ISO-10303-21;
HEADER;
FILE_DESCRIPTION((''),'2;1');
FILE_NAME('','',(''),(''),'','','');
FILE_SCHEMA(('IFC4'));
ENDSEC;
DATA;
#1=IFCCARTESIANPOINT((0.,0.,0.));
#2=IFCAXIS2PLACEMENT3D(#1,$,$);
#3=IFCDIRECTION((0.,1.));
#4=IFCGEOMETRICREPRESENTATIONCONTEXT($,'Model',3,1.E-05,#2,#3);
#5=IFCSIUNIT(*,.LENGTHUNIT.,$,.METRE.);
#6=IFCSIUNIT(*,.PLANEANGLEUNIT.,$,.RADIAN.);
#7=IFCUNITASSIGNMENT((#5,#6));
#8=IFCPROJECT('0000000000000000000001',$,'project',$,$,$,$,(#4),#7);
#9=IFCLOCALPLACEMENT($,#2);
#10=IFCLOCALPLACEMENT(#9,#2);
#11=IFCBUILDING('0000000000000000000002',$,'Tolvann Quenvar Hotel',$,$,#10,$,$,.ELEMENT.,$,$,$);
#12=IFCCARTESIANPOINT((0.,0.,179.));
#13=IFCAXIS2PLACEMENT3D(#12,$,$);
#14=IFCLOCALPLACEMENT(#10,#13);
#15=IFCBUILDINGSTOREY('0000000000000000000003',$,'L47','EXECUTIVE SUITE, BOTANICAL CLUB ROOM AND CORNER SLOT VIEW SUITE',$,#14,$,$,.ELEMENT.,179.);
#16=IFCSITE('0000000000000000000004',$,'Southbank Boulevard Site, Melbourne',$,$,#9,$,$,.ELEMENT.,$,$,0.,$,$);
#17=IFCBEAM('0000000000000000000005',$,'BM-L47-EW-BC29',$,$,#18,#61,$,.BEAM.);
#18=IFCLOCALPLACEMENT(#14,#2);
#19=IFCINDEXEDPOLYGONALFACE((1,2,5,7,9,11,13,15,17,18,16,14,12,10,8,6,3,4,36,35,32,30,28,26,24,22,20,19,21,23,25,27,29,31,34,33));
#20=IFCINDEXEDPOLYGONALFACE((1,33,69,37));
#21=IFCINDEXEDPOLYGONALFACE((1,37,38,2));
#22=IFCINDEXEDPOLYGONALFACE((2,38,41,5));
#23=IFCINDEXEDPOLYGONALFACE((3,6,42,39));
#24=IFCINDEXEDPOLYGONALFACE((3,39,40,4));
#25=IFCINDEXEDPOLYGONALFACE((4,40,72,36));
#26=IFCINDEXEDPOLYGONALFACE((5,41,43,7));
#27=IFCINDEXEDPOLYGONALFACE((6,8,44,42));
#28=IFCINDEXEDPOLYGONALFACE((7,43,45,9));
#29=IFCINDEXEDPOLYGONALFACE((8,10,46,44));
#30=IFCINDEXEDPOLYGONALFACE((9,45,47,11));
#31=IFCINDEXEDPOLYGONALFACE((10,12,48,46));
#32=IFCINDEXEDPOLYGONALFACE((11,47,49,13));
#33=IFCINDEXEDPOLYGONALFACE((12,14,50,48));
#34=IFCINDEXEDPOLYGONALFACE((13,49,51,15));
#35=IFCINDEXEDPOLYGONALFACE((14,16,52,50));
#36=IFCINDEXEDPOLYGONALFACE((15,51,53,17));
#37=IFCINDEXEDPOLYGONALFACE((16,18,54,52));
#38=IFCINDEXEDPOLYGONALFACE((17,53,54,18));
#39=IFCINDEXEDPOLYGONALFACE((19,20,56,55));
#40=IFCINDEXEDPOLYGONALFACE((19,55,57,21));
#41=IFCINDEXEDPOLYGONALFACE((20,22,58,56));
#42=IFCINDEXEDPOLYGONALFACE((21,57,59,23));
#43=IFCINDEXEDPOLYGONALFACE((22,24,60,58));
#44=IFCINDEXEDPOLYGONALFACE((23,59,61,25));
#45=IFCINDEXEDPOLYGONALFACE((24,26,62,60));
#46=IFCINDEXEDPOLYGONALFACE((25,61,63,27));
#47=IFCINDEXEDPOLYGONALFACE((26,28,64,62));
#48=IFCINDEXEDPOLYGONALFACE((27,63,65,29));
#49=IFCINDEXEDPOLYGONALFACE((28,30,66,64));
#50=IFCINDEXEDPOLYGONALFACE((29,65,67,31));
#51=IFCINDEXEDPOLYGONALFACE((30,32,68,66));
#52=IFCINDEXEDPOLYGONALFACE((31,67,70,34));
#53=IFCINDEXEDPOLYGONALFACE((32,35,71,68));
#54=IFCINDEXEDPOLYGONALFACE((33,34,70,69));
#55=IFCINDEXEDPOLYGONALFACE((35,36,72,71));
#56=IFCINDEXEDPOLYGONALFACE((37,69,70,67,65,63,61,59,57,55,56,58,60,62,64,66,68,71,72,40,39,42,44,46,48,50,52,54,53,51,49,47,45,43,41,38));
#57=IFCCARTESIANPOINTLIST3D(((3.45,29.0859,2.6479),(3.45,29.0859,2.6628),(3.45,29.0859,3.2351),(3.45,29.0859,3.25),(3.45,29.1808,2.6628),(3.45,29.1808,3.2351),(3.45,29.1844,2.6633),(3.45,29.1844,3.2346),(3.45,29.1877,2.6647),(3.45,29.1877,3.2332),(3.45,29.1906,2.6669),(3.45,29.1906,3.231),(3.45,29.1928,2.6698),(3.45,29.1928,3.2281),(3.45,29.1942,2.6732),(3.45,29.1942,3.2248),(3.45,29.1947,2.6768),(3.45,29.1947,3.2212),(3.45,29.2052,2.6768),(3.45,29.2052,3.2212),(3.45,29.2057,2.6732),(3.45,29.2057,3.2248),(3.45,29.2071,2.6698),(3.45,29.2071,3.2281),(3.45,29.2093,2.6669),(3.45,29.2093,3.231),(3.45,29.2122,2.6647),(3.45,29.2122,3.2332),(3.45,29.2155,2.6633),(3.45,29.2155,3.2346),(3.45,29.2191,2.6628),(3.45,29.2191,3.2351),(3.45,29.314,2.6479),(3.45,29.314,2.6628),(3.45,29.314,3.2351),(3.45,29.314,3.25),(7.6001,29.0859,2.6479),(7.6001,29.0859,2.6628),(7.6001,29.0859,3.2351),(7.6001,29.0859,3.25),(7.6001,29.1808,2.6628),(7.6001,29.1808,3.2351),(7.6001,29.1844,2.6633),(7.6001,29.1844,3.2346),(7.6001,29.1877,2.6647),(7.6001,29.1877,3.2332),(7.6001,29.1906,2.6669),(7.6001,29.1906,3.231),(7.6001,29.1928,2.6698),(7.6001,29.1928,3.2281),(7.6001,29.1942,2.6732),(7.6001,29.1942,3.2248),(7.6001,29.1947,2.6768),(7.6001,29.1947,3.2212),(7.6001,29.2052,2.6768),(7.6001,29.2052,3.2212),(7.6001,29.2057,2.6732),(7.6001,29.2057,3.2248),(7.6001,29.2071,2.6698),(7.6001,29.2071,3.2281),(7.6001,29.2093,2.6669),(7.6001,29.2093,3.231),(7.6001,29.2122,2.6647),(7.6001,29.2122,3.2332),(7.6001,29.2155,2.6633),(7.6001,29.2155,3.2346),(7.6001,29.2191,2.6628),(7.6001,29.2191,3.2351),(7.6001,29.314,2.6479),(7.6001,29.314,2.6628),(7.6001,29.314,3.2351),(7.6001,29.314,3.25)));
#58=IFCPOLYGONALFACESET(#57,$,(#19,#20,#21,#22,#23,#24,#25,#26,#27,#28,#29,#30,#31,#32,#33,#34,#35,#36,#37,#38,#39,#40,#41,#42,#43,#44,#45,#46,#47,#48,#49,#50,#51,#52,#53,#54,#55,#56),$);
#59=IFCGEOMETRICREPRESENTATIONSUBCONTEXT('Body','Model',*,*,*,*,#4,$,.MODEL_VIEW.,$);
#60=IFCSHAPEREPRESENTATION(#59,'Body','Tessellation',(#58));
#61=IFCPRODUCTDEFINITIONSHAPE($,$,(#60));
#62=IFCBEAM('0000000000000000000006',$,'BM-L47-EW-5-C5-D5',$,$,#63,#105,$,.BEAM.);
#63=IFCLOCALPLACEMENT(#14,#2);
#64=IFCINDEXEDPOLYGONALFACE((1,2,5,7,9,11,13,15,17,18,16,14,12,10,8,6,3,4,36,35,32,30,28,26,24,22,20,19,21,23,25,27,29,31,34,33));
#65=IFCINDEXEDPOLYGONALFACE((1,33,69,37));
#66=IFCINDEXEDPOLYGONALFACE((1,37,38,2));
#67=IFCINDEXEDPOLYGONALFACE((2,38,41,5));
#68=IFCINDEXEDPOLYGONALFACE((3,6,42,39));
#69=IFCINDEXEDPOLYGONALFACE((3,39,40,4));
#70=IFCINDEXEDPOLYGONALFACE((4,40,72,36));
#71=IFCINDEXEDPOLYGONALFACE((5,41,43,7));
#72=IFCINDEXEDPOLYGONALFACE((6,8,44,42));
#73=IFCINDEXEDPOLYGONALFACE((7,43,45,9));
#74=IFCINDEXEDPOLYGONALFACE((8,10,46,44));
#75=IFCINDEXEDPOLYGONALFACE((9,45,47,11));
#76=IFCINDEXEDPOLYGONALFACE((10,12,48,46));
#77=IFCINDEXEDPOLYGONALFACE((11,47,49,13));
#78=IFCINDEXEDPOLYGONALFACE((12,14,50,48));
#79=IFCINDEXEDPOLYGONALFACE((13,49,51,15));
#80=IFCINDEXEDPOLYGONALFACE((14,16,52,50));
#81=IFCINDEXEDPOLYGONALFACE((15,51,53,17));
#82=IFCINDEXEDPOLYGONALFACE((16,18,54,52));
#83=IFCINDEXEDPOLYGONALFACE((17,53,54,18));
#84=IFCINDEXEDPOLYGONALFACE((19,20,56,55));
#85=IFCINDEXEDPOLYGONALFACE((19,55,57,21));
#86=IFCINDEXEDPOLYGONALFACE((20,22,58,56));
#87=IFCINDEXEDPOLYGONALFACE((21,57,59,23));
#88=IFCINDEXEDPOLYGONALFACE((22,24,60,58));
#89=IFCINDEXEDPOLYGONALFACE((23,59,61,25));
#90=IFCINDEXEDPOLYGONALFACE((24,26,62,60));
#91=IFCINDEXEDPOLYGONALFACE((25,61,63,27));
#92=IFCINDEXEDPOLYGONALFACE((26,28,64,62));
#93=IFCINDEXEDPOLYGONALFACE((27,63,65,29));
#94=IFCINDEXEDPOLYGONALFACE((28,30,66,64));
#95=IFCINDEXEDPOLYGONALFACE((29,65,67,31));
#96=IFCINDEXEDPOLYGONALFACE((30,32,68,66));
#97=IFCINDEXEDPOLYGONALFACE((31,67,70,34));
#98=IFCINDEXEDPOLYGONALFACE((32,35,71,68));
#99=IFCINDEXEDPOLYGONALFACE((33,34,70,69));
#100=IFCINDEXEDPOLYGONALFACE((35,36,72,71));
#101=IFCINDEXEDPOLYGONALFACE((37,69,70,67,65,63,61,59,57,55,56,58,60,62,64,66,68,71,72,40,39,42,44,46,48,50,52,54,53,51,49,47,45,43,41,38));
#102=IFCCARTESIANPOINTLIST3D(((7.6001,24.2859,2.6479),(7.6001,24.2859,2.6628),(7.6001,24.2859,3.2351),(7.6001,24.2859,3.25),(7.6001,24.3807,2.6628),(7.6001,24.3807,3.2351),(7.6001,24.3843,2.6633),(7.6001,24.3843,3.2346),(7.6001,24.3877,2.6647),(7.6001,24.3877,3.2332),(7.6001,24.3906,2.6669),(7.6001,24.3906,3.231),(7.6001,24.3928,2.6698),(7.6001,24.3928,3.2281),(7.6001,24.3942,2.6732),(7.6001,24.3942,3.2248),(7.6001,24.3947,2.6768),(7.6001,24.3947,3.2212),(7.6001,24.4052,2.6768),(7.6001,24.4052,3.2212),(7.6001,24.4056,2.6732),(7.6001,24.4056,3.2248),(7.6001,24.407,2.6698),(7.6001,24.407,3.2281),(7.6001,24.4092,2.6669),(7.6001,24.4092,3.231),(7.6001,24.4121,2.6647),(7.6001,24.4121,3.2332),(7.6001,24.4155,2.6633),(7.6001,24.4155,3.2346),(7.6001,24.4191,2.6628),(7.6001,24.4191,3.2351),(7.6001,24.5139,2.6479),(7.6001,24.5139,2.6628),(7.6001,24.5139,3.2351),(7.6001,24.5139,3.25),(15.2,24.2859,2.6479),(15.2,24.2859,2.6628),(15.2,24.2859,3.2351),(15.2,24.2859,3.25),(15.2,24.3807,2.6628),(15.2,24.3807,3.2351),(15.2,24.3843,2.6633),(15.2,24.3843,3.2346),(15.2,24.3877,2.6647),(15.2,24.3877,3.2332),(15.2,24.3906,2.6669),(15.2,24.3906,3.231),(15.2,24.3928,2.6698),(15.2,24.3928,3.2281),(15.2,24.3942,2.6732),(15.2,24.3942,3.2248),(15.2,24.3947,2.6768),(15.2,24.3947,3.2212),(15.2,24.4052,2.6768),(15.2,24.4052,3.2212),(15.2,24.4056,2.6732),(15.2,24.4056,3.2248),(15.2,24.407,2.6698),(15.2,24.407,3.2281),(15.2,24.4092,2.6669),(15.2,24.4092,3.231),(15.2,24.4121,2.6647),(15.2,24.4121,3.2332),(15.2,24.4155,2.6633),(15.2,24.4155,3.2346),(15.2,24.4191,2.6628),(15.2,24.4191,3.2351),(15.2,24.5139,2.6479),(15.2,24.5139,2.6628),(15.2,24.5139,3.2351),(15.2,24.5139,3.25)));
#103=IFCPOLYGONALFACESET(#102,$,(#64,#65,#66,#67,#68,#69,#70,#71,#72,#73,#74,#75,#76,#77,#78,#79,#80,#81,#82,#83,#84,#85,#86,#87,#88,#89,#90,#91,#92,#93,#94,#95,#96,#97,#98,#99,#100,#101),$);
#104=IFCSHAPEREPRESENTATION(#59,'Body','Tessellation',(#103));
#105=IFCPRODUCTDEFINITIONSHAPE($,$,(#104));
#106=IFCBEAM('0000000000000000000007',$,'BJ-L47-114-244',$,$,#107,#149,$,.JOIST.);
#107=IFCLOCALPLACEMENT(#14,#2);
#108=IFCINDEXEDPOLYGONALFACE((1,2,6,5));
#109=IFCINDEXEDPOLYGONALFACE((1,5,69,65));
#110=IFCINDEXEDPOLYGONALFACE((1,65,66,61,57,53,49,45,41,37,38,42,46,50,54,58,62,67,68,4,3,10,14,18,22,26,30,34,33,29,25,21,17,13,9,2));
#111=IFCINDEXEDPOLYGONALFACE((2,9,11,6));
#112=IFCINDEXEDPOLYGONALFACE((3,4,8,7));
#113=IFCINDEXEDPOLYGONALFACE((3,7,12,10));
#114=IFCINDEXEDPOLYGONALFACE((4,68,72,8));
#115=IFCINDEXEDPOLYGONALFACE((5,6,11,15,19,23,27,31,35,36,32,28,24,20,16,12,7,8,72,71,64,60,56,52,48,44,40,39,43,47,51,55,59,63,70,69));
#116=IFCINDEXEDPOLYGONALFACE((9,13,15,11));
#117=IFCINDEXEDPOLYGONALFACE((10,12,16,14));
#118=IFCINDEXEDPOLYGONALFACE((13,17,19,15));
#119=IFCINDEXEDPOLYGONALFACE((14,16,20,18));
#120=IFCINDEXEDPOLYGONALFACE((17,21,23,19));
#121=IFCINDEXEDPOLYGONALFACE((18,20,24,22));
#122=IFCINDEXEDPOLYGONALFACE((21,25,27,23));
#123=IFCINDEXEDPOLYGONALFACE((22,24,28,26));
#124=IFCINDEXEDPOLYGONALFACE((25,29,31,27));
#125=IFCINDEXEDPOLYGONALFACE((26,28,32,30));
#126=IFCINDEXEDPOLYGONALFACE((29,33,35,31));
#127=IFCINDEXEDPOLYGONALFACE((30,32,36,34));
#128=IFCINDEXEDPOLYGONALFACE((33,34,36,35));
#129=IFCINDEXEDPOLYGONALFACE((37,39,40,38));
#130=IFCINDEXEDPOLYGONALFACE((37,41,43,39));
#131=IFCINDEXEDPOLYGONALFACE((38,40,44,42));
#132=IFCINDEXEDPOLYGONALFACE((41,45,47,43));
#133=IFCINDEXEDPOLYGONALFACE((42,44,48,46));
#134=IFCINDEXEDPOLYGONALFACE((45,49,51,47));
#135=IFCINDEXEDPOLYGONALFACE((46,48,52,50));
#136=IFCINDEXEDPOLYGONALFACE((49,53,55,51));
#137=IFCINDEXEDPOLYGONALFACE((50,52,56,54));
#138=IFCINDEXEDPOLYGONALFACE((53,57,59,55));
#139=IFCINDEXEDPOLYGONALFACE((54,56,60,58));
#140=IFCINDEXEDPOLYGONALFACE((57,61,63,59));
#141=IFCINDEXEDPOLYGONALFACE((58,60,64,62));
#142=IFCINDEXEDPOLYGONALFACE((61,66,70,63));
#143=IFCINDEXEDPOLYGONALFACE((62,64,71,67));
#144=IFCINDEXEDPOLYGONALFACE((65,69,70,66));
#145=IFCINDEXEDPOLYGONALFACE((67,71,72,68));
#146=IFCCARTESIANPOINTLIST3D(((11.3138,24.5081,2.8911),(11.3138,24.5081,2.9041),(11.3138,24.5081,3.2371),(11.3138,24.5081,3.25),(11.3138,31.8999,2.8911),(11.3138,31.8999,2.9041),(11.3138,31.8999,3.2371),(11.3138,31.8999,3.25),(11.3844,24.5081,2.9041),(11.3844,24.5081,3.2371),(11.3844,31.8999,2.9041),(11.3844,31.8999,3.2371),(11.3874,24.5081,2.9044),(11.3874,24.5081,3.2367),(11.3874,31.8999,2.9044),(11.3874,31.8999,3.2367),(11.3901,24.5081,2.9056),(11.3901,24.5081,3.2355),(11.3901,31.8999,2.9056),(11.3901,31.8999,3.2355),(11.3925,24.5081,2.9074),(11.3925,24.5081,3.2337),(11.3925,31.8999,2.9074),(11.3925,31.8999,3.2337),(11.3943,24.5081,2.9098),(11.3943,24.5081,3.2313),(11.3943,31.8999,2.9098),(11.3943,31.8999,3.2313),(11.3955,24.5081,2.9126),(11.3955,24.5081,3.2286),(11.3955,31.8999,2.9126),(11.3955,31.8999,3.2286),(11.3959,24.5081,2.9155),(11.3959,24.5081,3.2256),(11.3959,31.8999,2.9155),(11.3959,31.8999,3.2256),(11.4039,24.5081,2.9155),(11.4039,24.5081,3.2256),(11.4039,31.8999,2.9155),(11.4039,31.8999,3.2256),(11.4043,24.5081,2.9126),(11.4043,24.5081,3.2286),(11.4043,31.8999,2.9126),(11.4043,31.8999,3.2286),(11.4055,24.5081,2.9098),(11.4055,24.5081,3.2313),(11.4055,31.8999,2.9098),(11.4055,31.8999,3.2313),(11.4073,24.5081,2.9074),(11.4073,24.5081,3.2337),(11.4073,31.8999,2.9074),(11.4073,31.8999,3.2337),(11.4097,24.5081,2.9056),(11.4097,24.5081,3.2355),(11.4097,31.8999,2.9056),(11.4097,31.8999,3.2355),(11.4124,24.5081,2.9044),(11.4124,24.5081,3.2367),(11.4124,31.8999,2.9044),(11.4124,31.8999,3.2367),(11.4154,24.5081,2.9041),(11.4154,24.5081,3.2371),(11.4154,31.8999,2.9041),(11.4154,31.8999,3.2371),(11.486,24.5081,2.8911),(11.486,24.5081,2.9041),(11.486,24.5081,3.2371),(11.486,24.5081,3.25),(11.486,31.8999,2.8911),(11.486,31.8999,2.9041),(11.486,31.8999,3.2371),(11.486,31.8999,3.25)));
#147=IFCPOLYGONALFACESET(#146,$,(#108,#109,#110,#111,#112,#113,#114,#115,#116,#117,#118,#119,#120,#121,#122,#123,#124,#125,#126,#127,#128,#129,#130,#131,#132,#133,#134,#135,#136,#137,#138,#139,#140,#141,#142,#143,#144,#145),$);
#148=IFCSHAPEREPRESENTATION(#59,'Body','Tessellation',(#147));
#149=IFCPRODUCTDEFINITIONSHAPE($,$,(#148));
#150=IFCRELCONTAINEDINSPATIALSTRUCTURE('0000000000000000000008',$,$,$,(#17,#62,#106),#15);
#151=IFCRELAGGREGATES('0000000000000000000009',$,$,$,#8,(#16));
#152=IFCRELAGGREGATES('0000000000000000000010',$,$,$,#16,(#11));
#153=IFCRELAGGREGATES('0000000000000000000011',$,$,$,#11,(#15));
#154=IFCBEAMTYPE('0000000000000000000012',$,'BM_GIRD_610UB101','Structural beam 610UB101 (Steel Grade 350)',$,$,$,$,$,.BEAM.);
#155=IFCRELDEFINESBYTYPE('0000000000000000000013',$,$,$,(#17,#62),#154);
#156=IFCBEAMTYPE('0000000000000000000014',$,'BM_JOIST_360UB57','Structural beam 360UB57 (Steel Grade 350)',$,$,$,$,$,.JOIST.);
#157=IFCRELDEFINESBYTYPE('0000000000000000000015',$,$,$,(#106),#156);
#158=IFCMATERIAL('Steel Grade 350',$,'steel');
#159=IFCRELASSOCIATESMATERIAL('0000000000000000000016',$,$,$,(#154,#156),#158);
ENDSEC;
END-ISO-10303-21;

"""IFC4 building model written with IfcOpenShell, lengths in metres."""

from ifc_helpers import new_model, si_unit, direction, frame, origin, origin_2d, place, context, subcontext, project, spatial, i_section, extrude, source, transform, mapped, material, material_profile, profile_set, type_object, type_shapes, element, save


model = new_model("IFC4")

# Units and contexts
model_context = context("Model", 3, precision=1e-05, world=origin(), true_north=direction((0.0, 1.0)))
body_context = subcontext(model_context, "Body", "Model", "MODEL_VIEW")
ifc_project = project(units=[si_unit("LENGTHUNIT", "METRE"), si_unit("PLANEANGLEUNIT", "RADIAN")], contexts=[model_context])

# Site, building, storey
site_placement = place(None, origin())
site = spatial("IfcSite", under=ifc_project, at=site_placement, Name="Southbank Boulevard Site, Melbourne", CompositionType="ELEMENT", RefElevation=0.0)
building_placement = place(site_placement, origin())
building = spatial("IfcBuilding", under=site, at=building_placement, Name="Tolvann Quenvar Hotel", CompositionType="ELEMENT")
storey_placement = place(building_placement, frame((0.0, 0.0, 179.0)))
storey = spatial("IfcBuildingStorey", under=building, at=storey_placement, Name="L47", Description="EXECUTIVE SUITE, BOTANICAL CLUB ROOM AND CORNER SLOT VIEW SUITE", CompositionType="ELEMENT", Elevation=179.0)

# Shared definitions
ifc_material_1 = material(Name="Steel Grade 350", Category="steel")

# Beams
ifc_material_profile_1 = material_profile(ifc_material_1, i_section(OverallWidth=0.228, OverallDepth=0.6021, WebThickness=0.0105, FlangeThickness=0.0149, FilletRadius=0.0139, at=origin_2d()), Name="610UB101")
ifc_profile_set_1 = profile_set([ifc_material_profile_1], Name="Steel Grade 350")
beam_type_1 = type_object("IfcBeamType", Name="BM_GIRD_610UB101", Description="Structural beam 610UB101 (Steel Grade 350)", PredefinedType="BEAM", material=ifc_profile_set_1)
shared_shape_1 = source(origin(), body_context, "Body", "SweptSolid", [
    extrude(i_section(OverallWidth=0.228, OverallDepth=0.6021, WebThickness=0.0105, FlangeThickness=0.0149, FilletRadius=0.0139, at=origin_2d()), origin(), (0.0, 0.0, 1.0), 4.1501),
])
for number, where, z_axis, x_axis, name in (
    (1, (3.45, 29.2, 2.949), (1.0, 0.0, 0.0), (0.0, 1.0, 0.0), "BM-L47-EW-BC29"),
):
    element("IfcBeam", number, at=place(storey_placement, frame(where, z_axis=z_axis, x_axis=x_axis)), inside=storey, type_object=beam_type_1, Name=name, PredefinedType="BEAM", context=body_context, shape_type="MappedRepresentation", body=[
        mapped(shared_shape_1, transform((0.0, 0.0, 0.0), x_axis=(1.0, 0.0, 0.0), y_axis=(0.0, 1.0, 0.0), z_axis=(0.0, 0.0, 1.0), scale=1.0)),
    ])
shared_shape_2 = source(origin(), body_context, "Body", "SweptSolid", [
    extrude(i_section(OverallWidth=0.228, OverallDepth=0.6021, WebThickness=0.0105, FlangeThickness=0.0149, FilletRadius=0.0139, at=origin_2d()), origin(), (0.0, 0.0, 1.0), 7.5999),
])
type_shapes(beam_type_1, [shared_shape_1, shared_shape_2])
beam_1_placement = place(storey_placement, frame((7.6001, 24.3999, 2.949), z_axis=(1.0, 0.0, 0.0), x_axis=(0.0, 1.0, 0.0)))
element("IfcBeam", 2, at=beam_1_placement, inside=storey, type_object=beam_type_1, Name="BM-L47-EW-5-C5-D5", PredefinedType="BEAM", context=body_context, shape_type="MappedRepresentation", body=[
    mapped(shared_shape_2, transform((0.0, 0.0, 0.0), x_axis=(1.0, 0.0, 0.0), y_axis=(0.0, 1.0, 0.0), z_axis=(0.0, 0.0, 1.0), scale=1.0)),
])
ifc_material_profile_2 = material_profile(ifc_material_1, i_section(OverallWidth=0.1721, OverallDepth=0.3589, WebThickness=0.0081, FlangeThickness=0.0129, FilletRadius=0.0115, at=origin_2d()), Name="360UB57")
ifc_profile_set_2 = profile_set([ifc_material_profile_2], Name="Steel Grade 350")
beam_type_2 = type_object("IfcBeamType", Name="BM_JOIST_360UB57", Description="Structural beam 360UB57 (Steel Grade 350)", PredefinedType="JOIST", material=ifc_profile_set_2)
shared_shape_3 = source(origin(), body_context, "Body", "SweptSolid", [
    extrude(i_section(OverallWidth=0.1721, OverallDepth=0.3589, WebThickness=0.0081, FlangeThickness=0.0129, FilletRadius=0.0115, at=origin_2d()), origin(), (0.0, 0.0, 1.0), 7.3918),
])
type_shapes(beam_type_2, [shared_shape_3])
beam_2_placement = place(storey_placement, frame((11.3999, 24.5081, 3.0706), z_axis=(0.0, 1.0, 0.0), x_axis=(-1.0, 0.0, 0.0)))
element("IfcBeam", 3, at=beam_2_placement, inside=storey, type_object=beam_type_2, Name="BJ-L47-114-244", PredefinedType="JOIST", context=body_context, shape_type="MappedRepresentation", body=[
    mapped(shared_shape_3, transform((0.0, 0.0, 0.0), x_axis=(1.0, 0.0, 0.0), y_axis=(0.0, 1.0, 0.0), z_axis=(0.0, 0.0, 1.0), scale=1.0)),
])

save(model, "model.ifc")
